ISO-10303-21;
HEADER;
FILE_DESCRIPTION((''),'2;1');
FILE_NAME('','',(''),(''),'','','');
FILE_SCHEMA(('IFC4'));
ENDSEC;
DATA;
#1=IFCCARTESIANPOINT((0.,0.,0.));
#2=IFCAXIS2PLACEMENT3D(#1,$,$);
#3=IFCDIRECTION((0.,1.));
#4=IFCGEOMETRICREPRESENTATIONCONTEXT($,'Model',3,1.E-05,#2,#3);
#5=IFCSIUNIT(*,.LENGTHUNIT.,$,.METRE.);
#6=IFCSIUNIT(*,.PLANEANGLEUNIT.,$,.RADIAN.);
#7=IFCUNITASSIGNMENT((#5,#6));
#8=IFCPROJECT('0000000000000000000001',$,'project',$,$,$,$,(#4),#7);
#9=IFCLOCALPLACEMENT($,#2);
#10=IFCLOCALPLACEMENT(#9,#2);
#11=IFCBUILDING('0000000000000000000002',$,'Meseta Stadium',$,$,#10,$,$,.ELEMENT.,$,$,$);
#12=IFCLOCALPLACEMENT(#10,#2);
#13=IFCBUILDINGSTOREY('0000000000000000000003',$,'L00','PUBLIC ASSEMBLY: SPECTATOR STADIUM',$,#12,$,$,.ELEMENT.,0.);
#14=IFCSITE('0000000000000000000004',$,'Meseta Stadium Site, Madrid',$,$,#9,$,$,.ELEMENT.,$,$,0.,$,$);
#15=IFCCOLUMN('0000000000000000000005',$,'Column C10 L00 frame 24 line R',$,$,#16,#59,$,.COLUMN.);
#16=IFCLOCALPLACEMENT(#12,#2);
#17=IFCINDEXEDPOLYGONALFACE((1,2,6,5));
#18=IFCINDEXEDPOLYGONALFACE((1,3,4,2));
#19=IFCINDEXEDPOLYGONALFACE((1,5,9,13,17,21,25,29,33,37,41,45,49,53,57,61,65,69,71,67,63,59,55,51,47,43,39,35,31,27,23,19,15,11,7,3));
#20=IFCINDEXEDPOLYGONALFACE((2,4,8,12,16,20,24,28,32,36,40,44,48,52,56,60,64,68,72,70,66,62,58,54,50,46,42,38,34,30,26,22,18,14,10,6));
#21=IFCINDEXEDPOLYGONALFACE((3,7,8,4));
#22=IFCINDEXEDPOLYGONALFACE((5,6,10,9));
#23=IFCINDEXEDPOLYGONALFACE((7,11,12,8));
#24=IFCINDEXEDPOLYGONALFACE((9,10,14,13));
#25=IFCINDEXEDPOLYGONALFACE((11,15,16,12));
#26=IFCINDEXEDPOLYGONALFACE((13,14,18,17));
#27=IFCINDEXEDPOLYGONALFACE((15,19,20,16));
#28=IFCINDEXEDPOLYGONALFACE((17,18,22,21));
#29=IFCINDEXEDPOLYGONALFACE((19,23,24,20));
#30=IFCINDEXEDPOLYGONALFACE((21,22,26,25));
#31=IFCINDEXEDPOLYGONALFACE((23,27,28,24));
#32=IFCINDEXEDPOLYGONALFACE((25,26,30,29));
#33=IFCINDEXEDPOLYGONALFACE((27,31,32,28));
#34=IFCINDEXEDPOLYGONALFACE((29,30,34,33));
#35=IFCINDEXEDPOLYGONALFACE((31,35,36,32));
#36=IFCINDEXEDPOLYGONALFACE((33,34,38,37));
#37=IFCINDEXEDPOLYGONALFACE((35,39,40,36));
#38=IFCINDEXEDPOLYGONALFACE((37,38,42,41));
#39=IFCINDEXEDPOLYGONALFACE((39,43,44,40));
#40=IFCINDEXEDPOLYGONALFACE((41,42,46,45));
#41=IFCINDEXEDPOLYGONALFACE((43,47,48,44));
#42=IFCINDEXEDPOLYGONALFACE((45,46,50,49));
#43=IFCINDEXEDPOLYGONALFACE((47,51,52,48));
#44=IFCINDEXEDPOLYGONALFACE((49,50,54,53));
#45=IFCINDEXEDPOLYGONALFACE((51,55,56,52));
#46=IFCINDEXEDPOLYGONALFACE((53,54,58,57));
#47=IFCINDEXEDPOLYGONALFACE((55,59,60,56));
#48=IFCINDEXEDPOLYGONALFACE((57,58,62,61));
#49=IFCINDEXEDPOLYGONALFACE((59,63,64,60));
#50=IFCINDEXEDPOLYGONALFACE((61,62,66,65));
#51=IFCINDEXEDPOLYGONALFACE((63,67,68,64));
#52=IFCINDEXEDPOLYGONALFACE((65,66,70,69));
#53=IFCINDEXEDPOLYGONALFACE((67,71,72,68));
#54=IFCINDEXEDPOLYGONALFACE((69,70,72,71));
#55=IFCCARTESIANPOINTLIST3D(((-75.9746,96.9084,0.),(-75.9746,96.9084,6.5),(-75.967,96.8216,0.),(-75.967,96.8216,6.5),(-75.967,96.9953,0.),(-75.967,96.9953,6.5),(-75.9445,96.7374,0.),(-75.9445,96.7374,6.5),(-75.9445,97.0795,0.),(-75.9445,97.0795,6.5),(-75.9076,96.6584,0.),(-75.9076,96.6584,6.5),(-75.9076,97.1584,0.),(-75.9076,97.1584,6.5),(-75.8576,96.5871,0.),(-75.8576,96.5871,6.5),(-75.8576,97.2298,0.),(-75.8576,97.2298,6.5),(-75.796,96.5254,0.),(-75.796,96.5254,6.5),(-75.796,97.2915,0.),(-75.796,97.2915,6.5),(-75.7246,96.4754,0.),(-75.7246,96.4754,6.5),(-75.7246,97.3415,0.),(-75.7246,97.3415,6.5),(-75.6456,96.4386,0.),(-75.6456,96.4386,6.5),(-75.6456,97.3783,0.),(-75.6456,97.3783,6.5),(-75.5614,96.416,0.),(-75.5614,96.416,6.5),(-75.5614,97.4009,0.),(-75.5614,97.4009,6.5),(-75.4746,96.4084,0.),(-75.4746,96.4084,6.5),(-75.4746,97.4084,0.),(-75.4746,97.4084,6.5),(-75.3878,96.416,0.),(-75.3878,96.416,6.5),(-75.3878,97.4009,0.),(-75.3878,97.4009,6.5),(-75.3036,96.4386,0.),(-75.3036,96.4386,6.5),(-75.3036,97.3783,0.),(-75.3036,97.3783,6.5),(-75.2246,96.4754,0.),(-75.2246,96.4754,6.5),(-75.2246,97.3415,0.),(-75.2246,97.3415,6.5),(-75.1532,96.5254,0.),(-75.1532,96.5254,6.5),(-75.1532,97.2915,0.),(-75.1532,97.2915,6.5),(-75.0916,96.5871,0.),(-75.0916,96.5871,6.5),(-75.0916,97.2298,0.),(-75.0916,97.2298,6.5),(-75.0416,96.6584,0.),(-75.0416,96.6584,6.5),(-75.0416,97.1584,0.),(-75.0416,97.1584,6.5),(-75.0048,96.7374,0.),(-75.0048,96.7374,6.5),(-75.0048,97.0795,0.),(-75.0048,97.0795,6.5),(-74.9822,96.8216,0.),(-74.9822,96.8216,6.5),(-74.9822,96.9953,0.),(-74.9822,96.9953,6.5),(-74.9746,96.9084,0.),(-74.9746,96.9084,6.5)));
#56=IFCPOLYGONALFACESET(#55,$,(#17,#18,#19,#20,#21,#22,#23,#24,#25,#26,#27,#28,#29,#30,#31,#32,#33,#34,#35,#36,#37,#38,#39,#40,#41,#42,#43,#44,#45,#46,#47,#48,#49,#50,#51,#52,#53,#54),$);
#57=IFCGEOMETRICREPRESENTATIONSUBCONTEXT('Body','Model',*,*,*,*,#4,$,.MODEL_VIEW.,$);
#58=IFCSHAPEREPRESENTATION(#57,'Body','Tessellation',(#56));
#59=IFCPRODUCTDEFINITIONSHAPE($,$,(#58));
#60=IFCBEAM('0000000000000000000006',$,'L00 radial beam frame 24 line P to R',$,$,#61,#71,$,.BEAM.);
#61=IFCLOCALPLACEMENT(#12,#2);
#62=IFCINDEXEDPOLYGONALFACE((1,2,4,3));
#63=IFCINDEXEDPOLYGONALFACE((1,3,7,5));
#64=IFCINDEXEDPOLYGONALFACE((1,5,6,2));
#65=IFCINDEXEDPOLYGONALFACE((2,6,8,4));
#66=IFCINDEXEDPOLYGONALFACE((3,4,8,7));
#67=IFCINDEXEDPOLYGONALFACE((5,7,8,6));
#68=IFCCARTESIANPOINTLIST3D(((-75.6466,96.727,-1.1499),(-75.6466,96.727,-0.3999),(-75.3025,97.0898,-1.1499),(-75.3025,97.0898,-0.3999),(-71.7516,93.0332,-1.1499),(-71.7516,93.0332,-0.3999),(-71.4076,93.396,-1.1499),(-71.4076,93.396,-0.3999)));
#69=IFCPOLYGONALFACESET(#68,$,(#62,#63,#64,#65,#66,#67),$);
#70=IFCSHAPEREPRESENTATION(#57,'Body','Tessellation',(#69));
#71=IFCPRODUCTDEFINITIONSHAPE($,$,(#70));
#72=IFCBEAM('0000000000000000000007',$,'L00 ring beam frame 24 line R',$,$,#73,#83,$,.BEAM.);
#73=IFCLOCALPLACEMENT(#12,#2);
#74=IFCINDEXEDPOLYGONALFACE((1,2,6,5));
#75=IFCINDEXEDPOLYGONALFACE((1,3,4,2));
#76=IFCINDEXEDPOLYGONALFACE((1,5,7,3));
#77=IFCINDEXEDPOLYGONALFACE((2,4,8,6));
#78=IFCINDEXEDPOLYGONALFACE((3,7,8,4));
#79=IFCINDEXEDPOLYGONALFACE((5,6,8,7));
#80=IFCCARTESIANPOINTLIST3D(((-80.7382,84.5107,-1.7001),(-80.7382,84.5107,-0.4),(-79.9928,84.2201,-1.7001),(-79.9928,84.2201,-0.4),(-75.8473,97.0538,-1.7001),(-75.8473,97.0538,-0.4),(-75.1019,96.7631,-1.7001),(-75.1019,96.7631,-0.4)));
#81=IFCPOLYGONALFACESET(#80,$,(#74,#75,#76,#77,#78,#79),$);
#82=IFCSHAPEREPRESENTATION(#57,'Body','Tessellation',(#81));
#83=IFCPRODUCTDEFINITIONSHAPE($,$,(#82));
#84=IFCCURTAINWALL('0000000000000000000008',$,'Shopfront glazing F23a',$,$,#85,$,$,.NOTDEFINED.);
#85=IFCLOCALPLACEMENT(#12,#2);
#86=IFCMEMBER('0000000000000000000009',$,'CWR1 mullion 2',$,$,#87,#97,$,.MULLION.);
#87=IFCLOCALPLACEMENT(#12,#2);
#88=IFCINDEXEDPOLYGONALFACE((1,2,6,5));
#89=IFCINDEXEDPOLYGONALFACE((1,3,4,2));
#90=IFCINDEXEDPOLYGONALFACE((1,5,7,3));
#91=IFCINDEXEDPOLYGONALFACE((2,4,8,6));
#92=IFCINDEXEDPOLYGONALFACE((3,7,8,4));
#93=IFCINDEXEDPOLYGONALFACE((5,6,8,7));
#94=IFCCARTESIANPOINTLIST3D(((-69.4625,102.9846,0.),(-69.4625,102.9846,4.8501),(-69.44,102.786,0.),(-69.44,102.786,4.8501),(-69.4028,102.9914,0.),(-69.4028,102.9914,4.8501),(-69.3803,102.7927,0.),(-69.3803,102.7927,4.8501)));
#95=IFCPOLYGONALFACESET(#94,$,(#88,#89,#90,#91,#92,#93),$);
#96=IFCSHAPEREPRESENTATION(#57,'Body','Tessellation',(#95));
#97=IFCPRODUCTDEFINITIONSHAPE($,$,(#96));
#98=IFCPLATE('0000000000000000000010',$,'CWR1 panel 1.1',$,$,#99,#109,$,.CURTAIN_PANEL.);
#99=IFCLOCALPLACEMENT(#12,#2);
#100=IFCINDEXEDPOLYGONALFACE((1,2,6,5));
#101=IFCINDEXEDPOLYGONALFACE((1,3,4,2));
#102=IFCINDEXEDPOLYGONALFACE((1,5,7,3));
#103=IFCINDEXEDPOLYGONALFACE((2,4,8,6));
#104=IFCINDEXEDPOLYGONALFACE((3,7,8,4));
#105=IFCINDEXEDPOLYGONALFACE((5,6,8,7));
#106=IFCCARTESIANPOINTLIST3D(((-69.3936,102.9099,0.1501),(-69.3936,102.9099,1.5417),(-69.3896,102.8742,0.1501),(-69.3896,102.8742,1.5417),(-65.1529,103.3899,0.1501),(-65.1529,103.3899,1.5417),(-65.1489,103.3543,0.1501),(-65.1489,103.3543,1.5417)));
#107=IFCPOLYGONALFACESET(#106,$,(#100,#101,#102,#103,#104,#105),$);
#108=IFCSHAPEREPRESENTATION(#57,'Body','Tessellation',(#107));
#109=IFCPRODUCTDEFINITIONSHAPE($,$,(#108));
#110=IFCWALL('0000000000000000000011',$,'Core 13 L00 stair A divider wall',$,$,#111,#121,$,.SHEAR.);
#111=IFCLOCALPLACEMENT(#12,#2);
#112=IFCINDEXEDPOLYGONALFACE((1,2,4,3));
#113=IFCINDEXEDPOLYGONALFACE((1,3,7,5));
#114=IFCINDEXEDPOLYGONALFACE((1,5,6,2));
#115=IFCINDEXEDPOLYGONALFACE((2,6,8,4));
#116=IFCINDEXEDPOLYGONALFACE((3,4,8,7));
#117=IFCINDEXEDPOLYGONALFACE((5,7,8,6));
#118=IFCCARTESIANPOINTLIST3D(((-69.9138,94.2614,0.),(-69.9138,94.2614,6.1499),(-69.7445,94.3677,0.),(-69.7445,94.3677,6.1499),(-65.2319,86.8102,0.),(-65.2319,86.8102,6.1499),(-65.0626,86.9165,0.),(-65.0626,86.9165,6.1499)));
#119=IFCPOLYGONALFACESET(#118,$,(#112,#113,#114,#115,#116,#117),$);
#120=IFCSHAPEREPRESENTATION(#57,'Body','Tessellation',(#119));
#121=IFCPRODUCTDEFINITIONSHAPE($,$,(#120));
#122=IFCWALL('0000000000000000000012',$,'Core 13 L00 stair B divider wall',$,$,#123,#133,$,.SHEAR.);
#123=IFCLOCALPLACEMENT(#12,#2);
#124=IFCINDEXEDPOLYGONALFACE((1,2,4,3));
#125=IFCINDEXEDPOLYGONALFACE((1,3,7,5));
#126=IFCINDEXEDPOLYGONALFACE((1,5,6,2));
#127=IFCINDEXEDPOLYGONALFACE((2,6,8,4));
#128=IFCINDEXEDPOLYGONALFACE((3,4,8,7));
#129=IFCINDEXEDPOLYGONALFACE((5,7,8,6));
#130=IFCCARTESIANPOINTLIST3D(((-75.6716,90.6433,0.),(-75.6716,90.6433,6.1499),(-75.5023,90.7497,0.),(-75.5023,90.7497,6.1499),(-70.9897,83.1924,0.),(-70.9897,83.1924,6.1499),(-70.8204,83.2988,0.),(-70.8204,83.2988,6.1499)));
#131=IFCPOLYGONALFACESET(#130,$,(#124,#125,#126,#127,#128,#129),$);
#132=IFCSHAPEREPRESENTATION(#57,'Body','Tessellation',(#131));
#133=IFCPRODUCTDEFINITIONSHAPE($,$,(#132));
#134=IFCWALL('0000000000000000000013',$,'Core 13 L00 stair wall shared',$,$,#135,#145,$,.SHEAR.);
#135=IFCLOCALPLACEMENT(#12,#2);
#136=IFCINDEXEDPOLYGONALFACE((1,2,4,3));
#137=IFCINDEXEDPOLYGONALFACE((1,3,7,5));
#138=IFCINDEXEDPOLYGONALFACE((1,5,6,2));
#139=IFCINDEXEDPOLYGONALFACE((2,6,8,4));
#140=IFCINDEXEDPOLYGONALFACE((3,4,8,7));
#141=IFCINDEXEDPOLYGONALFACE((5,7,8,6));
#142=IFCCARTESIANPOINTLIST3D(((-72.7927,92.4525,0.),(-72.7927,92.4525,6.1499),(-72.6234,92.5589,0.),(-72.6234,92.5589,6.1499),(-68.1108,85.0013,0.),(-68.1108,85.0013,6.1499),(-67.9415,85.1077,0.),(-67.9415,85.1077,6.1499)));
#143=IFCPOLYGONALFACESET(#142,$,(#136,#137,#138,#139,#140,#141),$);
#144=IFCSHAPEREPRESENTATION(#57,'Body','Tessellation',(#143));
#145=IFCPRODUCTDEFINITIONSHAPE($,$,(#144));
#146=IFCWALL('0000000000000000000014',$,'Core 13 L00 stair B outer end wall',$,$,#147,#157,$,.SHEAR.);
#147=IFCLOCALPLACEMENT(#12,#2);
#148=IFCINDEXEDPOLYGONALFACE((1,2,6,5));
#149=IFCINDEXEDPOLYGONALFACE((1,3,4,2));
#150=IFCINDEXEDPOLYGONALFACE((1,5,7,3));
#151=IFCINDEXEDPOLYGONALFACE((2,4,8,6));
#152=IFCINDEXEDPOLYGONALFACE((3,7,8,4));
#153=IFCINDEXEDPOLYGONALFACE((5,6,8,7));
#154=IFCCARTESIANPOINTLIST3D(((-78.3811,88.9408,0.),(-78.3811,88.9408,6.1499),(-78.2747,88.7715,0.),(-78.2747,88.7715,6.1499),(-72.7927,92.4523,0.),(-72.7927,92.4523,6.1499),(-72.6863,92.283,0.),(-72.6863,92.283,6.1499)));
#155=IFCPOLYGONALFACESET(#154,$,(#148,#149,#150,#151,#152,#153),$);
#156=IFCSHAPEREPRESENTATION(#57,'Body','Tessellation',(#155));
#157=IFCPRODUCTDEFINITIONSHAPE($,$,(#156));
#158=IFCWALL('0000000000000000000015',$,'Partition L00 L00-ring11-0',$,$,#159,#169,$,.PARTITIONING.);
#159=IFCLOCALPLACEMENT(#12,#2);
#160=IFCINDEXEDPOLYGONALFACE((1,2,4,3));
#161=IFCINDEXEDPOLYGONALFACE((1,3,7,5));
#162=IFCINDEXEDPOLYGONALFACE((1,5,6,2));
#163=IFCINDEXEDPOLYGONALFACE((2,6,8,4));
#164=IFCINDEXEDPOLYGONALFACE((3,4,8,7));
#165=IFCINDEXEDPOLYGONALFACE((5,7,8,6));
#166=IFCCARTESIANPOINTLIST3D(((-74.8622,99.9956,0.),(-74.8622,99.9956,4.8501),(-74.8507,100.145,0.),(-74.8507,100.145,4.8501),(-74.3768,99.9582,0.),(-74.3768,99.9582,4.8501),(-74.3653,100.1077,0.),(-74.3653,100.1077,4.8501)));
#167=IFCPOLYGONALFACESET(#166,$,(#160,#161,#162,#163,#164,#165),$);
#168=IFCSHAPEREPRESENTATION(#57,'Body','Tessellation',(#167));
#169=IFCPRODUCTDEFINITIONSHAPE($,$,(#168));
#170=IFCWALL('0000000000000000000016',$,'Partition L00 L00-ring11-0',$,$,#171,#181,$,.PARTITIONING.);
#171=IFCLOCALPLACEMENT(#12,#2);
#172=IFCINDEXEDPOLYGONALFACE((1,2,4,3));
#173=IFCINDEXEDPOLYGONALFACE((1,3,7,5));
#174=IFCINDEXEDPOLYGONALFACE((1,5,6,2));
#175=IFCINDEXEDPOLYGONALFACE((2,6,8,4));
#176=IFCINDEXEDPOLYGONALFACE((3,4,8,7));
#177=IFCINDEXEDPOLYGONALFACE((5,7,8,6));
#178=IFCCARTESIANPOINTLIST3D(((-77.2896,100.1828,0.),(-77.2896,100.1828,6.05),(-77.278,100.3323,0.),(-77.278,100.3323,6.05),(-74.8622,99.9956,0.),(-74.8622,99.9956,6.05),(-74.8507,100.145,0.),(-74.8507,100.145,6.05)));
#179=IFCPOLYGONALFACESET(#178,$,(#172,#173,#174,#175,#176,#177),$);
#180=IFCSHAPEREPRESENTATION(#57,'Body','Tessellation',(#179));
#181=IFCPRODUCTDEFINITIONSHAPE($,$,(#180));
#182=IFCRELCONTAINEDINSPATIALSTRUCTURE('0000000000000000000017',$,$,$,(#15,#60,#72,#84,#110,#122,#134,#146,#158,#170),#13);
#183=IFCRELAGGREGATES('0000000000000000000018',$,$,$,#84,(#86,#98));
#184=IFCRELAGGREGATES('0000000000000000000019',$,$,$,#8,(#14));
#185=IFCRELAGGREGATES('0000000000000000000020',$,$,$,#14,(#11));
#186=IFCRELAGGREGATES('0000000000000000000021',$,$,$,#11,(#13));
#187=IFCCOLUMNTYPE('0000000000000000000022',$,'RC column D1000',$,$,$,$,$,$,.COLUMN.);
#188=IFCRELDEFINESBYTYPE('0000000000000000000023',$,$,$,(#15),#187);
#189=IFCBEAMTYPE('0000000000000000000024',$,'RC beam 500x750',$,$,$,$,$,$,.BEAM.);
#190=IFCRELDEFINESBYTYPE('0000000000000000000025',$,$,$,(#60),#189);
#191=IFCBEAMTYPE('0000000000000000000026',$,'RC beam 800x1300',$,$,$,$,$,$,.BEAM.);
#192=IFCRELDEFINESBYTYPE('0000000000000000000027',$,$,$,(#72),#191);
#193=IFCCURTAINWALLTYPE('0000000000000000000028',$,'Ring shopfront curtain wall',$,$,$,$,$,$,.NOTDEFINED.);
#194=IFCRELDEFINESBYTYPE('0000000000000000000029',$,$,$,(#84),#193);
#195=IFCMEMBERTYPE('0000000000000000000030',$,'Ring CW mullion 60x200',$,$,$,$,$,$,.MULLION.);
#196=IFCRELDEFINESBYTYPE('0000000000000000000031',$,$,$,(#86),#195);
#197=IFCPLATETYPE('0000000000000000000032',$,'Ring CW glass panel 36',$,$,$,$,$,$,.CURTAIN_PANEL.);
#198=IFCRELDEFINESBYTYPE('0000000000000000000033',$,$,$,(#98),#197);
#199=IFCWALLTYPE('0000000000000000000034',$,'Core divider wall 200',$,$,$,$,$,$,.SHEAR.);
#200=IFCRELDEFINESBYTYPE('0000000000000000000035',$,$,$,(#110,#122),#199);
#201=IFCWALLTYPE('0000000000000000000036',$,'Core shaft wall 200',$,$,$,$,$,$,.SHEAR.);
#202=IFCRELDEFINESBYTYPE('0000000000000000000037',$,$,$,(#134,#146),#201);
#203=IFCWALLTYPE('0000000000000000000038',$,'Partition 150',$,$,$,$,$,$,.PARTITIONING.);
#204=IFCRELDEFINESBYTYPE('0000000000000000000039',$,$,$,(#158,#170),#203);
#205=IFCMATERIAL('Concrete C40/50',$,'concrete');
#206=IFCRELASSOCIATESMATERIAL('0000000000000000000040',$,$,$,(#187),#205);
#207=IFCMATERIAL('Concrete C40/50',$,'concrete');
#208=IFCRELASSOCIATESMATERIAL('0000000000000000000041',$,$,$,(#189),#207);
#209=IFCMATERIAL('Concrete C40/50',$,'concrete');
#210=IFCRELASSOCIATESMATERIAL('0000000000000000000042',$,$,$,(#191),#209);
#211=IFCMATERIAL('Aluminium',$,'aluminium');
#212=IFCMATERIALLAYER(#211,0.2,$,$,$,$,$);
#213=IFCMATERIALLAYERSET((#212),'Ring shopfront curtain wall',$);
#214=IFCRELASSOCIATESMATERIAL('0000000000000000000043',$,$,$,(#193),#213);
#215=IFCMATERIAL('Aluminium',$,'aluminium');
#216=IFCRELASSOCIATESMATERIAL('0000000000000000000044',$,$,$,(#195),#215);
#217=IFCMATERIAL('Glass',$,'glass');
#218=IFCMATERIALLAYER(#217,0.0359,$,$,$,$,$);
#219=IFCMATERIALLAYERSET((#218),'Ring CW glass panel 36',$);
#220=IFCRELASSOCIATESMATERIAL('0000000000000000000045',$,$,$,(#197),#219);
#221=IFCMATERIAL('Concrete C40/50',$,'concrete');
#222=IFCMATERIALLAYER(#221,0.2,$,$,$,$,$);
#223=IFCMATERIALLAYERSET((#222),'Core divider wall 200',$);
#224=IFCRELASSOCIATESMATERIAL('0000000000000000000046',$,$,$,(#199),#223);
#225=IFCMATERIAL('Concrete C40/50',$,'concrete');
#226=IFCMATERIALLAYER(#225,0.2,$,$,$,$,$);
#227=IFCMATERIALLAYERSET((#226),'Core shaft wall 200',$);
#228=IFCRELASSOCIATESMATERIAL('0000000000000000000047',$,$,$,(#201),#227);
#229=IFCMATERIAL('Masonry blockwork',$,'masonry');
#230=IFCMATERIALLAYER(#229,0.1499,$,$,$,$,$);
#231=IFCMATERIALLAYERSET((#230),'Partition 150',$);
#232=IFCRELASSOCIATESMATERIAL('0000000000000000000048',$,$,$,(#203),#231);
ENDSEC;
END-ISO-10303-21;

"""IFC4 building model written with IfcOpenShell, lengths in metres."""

from ifc_helpers import new_model, si_unit, direction, frame, frame_2d, origin, origin_2d, place, context, subcontext, project, spatial, rectangle, circle, extrude, material, layer, layer_set, material_profile, profile_set, type_object, element, aggregate, save


model = new_model("IFC4")

# Units and contexts
model_context = context("Model", 3, precision=1e-05, world=origin(), true_north=direction((0.0, 1.0)))
body_context = subcontext(model_context, "Body", "Model", "MODEL_VIEW")
ifc_project = project(units=[si_unit("LENGTHUNIT", "METRE"), si_unit("PLANEANGLEUNIT", "RADIAN")], contexts=[model_context])

# Site, building, storey
site_placement = place(None, origin())
site = spatial("IfcSite", under=ifc_project, at=site_placement, Name="Meseta Stadium Site, Madrid", CompositionType="ELEMENT", RefElevation=0.0)
building_placement = place(site_placement, origin())
building = spatial("IfcBuilding", under=site, at=building_placement, Name="Meseta Stadium", CompositionType="ELEMENT")
storey_placement = place(building_placement, origin())
storey = spatial("IfcBuildingStorey", under=building, at=storey_placement, Name="L00", Description="PUBLIC ASSEMBLY: SPECTATOR STADIUM", CompositionType="ELEMENT", Elevation=0.0)

# Column
ifc_material_1 = material(Name="Concrete C40/50", Category="concrete")
ifc_material_profile_1 = material_profile(ifc_material_1, circle(Radius=0.5, at=origin_2d()), Name="RC D1000")
ifc_profile_set_1 = profile_set([ifc_material_profile_1], Name="Concrete C40/50")
column_type = type_object("IfcColumnType", Name="RC column D1000", PredefinedType="COLUMN", material=ifc_profile_set_1)
column_placement = place(storey_placement, frame((-75.4746, 96.9084, 0.0), z_axis=(0.0, 0.0, 1.0), x_axis=(1.0, 0.0, 0.0)))
element("IfcColumn", 1, at=column_placement, inside=storey, type_object=column_type, Name="Column C10 L00 frame 24 line R", PredefinedType="COLUMN", context=body_context, shape_type="SweptSolid", body=[
    extrude(circle(Radius=0.5, at=origin_2d()), origin(), (0.0, 0.0, 1.0), 6.5),
])

# Beams
ifc_material_2 = material(Name="Concrete C40/50", Category="concrete")
ifc_material_profile_2 = material_profile(ifc_material_2, rectangle(XDim=0.5, YDim=0.75, at=origin_2d()), Name="RC 500x750")
ifc_profile_set_2 = profile_set([ifc_material_profile_2], Name="Concrete C40/50")
beam_type_1 = type_object("IfcBeamType", Name="RC beam 500x750", PredefinedType="BEAM", material=ifc_profile_set_2)
beam_1_placement = place(storey_placement, frame((-71.5796, 93.2146, -0.7749), z_axis=(-0.725596, 0.68812, 0.0), x_axis=(-0.68812, -0.725596, 0.0)))
element("IfcBeam", 2, at=beam_1_placement, inside=storey, type_object=beam_type_1, Name="L00 radial beam frame 24 line P to R", PredefinedType="BEAM", context=body_context, shape_type="SweptSolid", body=[
    extrude(rectangle(XDim=0.5, YDim=0.75, at=origin_2d()), origin(), (0.0, 0.0, 1.0), 5.3679),
])
ifc_material_3 = material(Name="Concrete C40/50", Category="concrete")
ifc_material_profile_3 = material_profile(ifc_material_3, rectangle(XDim=0.8, YDim=1.3, at=origin_2d()), Name="RC 800x1300")
ifc_profile_set_3 = profile_set([ifc_material_profile_3], Name="Concrete C40/50")
beam_type_2 = type_object("IfcBeamType", Name="RC beam 800x1300", PredefinedType="BEAM", material=ifc_profile_set_3)
beam_2_placement = place(storey_placement, frame((-75.4746, 96.9084, -1.05), z_axis=(-0.363288, -0.931677, 0.0), x_axis=(0.931677, -0.363288, 0.0)))
element("IfcBeam", 3, at=beam_2_placement, inside=storey, type_object=beam_type_2, Name="L00 ring beam frame 24 line R", PredefinedType="BEAM", context=body_context, shape_type="SweptSolid", body=[
    extrude(rectangle(XDim=0.8, YDim=1.3, at=origin_2d()), origin(), (0.0, 0.0, 1.0), 13.4629),
])

# Curtain wall, member, plate
ifc_material_4 = material(Name="Aluminium", Category="aluminium")
ifc_layer_1 = layer(ifc_material_4, 0.2)
ifc_layer_set_1 = layer_set([ifc_layer_1], Name="Ring shopfront curtain wall")
curtain_wall_type = type_object("IfcCurtainWallType", Name="Ring shopfront curtain wall", PredefinedType="NOTDEFINED", material=ifc_layer_set_1)
curtain_wall_placement = place(storey_placement, origin())
curtain_wall = element("IfcCurtainWall", 4, at=curtain_wall_placement, inside=storey, type_object=curtain_wall_type, Name="Shopfront glazing F23a", PredefinedType="NOTDEFINED")
ifc_material_5 = material(Name="Aluminium", Category="aluminium")
ifc_material_profile_4 = material_profile(ifc_material_5, rectangle(XDim=0.2, YDim=0.0601, at=origin_2d()), Name="CW 200x60")
ifc_profile_set_4 = profile_set([ifc_material_profile_4], Name="Aluminium")
member_type = type_object("IfcMemberType", Name="Ring CW mullion 60x200", PredefinedType="MULLION", material=ifc_profile_set_4)
member_placement = place(storey_placement, frame((-69.4214, 102.8887, 0.0), z_axis=(0.0, 0.0, 1.0), x_axis=(0.112472, -0.993655, 0.0)))
member = element("IfcMember", 5, at=member_placement, type_object=member_type, Name="CWR1 mullion 2", PredefinedType="MULLION", context=body_context, shape_type="SweptSolid", body=[
    extrude(rectangle(XDim=0.2, YDim=0.0601, at=origin_2d()), origin(), (0.0, 0.0, 1.0), 4.8501),
])
ifc_material_6 = material(Name="Glass", Category="glass")
ifc_layer_2 = layer(ifc_material_6, 0.0359)
ifc_layer_set_2 = layer_set([ifc_layer_2], Name="Ring CW glass panel 36")
plate_type = type_object("IfcPlateType", Name="Ring CW glass panel 36", PredefinedType="CURTAIN_PANEL", material=ifc_layer_set_2)
plate_placement = place(storey_placement, frame((-67.2712, 103.1321, 0.1501), z_axis=(0.0, 0.0, 1.0), x_axis=(-0.993655, -0.112472, 0.0)))
plate = element("IfcPlate", 6, at=plate_placement, type_object=plate_type, Name="CWR1 panel 1.1", PredefinedType="CURTAIN_PANEL", context=body_context, shape_type="SweptSolid", body=[
    extrude(rectangle(XDim=4.2678, YDim=0.0359, at=origin_2d()), origin(), (0.0, 0.0, 1.0), 1.3916),
])
aggregate(curtain_wall, [member, plate])

# Walls
ifc_material_7 = material(Name="Concrete C40/50", Category="concrete")
ifc_layer_3 = layer(ifc_material_7, 0.2)
ifc_layer_set_3 = layer_set([ifc_layer_3], Name="Core divider wall 200")
wall_type_1 = type_object("IfcWallType", Name="Core divider wall 200", PredefinedType="SHEAR", material=ifc_layer_set_3)
wall_1_placement = place(storey_placement, frame((-69.8291, 94.3145, 0.0), z_axis=(0.0, 0.0, 1.0), x_axis=(0.532032, -0.846724, 0.0)))
element("IfcWall", 7, at=wall_1_placement, inside=storey, type_object=wall_type_1, Name="Core 13 L00 stair A divider wall", PredefinedType="SHEAR", context=body_context, shape_type="SweptSolid", body=[
    extrude(rectangle(XDim=8.8, YDim=0.2, at=frame_2d((4.3999, 0.0))), origin(), (0.0, 0.0, 1.0), 6.1499),
])
wall_2_placement = place(storey_placement, frame((-75.5869, 90.6965, 0.0), z_axis=(0.0, 0.0, 1.0), x_axis=(0.532045, -0.846716, 0.0)))
element("IfcWall", 8, at=wall_2_placement, inside=storey, type_object=wall_type_1, Name="Core 13 L00 stair B divider wall", PredefinedType="SHEAR", context=body_context, shape_type="SweptSolid", body=[
    extrude(rectangle(XDim=8.7998, YDim=0.2, at=frame_2d((4.3999, 0.0))), origin(), (0.0, 0.0, 1.0), 6.1499),
])
ifc_material_8 = material(Name="Concrete C40/50", Category="concrete")
ifc_layer_4 = layer(ifc_material_8, 0.2)
ifc_layer_set_4 = layer_set([ifc_layer_4], Name="Core shaft wall 200")
wall_type_2 = type_object("IfcWallType", Name="Core shaft wall 200", PredefinedType="SHEAR", material=ifc_layer_set_4)
wall_3_placement = place(storey_placement, frame((-72.708, 92.5056, 0.0), z_axis=(0.0, 0.0, 1.0), x_axis=(0.532032, -0.846724, 0.0)))
element("IfcWall", 9, at=wall_3_placement, inside=storey, type_object=wall_type_2, Name="Core 13 L00 stair wall shared", PredefinedType="SHEAR", context=body_context, shape_type="SweptSolid", body=[
    extrude(rectangle(XDim=8.8, YDim=0.2, at=frame_2d((4.3999, 0.0))), origin(), (0.0, 0.0, 1.0), 6.1499),
])
wall_4_placement = place(storey_placement, frame((-72.7395, 92.3677, 0.0), z_axis=(0.0, 0.0, 1.0), x_axis=(-0.84672, -0.532039, 0.0)))
element("IfcWall", 10, at=wall_4_placement, inside=storey, type_object=wall_type_2, Name="Core 13 L00 stair B outer end wall", PredefinedType="SHEAR", context=body_context, shape_type="SweptSolid", body=[
    extrude(rectangle(XDim=6.6001, YDim=0.2, at=frame_2d((3.3, 0.0))), origin(), (0.0, 0.0, 1.0), 6.1499),
])
ifc_material_9 = material(Name="Masonry blockwork", Category="masonry")
ifc_layer_5 = layer(ifc_material_9, 0.1499)
ifc_layer_set_5 = layer_set([ifc_layer_5], Name="Partition 150")
wall_type_3 = type_object("IfcWallType", Name="Partition 150", PredefinedType="PARTITIONING", material=ifc_layer_set_5)
wall_5_placement = place(storey_placement, frame((-74.3711, 100.033, 0.0), z_axis=(0.0, 0.0, 1.0), x_axis=(-0.997052, 0.076735, 0.0)))
element("IfcWall", 11, at=wall_5_placement, inside=storey, type_object=wall_type_3, Name="Partition L00 L00-ring11-0", PredefinedType="PARTITIONING", context=body_context, shape_type="SweptSolid", body=[
    extrude(rectangle(XDim=0.4868, YDim=0.1499, at=frame_2d((0.2434, 0.0))), origin(), (0.0, 0.0, 1.0), 4.8501),
])
wall_6_placement = place(storey_placement, frame((-74.8564, 100.0703, 0.0), z_axis=(0.0, 0.0, 1.0), x_axis=(-0.997037, 0.076919, 0.0)))
element("IfcWall", 12, at=wall_6_placement, inside=storey, type_object=wall_type_3, Name="Partition L00 L00-ring11-0", PredefinedType="PARTITIONING", context=body_context, shape_type="SweptSolid", body=[
    extrude(rectangle(XDim=2.4346, YDim=0.1499, at=frame_2d((1.2173, 0.0))), origin(), (0.0, 0.0, 1.0), 6.05),
])

save(model, "model.ifc")
